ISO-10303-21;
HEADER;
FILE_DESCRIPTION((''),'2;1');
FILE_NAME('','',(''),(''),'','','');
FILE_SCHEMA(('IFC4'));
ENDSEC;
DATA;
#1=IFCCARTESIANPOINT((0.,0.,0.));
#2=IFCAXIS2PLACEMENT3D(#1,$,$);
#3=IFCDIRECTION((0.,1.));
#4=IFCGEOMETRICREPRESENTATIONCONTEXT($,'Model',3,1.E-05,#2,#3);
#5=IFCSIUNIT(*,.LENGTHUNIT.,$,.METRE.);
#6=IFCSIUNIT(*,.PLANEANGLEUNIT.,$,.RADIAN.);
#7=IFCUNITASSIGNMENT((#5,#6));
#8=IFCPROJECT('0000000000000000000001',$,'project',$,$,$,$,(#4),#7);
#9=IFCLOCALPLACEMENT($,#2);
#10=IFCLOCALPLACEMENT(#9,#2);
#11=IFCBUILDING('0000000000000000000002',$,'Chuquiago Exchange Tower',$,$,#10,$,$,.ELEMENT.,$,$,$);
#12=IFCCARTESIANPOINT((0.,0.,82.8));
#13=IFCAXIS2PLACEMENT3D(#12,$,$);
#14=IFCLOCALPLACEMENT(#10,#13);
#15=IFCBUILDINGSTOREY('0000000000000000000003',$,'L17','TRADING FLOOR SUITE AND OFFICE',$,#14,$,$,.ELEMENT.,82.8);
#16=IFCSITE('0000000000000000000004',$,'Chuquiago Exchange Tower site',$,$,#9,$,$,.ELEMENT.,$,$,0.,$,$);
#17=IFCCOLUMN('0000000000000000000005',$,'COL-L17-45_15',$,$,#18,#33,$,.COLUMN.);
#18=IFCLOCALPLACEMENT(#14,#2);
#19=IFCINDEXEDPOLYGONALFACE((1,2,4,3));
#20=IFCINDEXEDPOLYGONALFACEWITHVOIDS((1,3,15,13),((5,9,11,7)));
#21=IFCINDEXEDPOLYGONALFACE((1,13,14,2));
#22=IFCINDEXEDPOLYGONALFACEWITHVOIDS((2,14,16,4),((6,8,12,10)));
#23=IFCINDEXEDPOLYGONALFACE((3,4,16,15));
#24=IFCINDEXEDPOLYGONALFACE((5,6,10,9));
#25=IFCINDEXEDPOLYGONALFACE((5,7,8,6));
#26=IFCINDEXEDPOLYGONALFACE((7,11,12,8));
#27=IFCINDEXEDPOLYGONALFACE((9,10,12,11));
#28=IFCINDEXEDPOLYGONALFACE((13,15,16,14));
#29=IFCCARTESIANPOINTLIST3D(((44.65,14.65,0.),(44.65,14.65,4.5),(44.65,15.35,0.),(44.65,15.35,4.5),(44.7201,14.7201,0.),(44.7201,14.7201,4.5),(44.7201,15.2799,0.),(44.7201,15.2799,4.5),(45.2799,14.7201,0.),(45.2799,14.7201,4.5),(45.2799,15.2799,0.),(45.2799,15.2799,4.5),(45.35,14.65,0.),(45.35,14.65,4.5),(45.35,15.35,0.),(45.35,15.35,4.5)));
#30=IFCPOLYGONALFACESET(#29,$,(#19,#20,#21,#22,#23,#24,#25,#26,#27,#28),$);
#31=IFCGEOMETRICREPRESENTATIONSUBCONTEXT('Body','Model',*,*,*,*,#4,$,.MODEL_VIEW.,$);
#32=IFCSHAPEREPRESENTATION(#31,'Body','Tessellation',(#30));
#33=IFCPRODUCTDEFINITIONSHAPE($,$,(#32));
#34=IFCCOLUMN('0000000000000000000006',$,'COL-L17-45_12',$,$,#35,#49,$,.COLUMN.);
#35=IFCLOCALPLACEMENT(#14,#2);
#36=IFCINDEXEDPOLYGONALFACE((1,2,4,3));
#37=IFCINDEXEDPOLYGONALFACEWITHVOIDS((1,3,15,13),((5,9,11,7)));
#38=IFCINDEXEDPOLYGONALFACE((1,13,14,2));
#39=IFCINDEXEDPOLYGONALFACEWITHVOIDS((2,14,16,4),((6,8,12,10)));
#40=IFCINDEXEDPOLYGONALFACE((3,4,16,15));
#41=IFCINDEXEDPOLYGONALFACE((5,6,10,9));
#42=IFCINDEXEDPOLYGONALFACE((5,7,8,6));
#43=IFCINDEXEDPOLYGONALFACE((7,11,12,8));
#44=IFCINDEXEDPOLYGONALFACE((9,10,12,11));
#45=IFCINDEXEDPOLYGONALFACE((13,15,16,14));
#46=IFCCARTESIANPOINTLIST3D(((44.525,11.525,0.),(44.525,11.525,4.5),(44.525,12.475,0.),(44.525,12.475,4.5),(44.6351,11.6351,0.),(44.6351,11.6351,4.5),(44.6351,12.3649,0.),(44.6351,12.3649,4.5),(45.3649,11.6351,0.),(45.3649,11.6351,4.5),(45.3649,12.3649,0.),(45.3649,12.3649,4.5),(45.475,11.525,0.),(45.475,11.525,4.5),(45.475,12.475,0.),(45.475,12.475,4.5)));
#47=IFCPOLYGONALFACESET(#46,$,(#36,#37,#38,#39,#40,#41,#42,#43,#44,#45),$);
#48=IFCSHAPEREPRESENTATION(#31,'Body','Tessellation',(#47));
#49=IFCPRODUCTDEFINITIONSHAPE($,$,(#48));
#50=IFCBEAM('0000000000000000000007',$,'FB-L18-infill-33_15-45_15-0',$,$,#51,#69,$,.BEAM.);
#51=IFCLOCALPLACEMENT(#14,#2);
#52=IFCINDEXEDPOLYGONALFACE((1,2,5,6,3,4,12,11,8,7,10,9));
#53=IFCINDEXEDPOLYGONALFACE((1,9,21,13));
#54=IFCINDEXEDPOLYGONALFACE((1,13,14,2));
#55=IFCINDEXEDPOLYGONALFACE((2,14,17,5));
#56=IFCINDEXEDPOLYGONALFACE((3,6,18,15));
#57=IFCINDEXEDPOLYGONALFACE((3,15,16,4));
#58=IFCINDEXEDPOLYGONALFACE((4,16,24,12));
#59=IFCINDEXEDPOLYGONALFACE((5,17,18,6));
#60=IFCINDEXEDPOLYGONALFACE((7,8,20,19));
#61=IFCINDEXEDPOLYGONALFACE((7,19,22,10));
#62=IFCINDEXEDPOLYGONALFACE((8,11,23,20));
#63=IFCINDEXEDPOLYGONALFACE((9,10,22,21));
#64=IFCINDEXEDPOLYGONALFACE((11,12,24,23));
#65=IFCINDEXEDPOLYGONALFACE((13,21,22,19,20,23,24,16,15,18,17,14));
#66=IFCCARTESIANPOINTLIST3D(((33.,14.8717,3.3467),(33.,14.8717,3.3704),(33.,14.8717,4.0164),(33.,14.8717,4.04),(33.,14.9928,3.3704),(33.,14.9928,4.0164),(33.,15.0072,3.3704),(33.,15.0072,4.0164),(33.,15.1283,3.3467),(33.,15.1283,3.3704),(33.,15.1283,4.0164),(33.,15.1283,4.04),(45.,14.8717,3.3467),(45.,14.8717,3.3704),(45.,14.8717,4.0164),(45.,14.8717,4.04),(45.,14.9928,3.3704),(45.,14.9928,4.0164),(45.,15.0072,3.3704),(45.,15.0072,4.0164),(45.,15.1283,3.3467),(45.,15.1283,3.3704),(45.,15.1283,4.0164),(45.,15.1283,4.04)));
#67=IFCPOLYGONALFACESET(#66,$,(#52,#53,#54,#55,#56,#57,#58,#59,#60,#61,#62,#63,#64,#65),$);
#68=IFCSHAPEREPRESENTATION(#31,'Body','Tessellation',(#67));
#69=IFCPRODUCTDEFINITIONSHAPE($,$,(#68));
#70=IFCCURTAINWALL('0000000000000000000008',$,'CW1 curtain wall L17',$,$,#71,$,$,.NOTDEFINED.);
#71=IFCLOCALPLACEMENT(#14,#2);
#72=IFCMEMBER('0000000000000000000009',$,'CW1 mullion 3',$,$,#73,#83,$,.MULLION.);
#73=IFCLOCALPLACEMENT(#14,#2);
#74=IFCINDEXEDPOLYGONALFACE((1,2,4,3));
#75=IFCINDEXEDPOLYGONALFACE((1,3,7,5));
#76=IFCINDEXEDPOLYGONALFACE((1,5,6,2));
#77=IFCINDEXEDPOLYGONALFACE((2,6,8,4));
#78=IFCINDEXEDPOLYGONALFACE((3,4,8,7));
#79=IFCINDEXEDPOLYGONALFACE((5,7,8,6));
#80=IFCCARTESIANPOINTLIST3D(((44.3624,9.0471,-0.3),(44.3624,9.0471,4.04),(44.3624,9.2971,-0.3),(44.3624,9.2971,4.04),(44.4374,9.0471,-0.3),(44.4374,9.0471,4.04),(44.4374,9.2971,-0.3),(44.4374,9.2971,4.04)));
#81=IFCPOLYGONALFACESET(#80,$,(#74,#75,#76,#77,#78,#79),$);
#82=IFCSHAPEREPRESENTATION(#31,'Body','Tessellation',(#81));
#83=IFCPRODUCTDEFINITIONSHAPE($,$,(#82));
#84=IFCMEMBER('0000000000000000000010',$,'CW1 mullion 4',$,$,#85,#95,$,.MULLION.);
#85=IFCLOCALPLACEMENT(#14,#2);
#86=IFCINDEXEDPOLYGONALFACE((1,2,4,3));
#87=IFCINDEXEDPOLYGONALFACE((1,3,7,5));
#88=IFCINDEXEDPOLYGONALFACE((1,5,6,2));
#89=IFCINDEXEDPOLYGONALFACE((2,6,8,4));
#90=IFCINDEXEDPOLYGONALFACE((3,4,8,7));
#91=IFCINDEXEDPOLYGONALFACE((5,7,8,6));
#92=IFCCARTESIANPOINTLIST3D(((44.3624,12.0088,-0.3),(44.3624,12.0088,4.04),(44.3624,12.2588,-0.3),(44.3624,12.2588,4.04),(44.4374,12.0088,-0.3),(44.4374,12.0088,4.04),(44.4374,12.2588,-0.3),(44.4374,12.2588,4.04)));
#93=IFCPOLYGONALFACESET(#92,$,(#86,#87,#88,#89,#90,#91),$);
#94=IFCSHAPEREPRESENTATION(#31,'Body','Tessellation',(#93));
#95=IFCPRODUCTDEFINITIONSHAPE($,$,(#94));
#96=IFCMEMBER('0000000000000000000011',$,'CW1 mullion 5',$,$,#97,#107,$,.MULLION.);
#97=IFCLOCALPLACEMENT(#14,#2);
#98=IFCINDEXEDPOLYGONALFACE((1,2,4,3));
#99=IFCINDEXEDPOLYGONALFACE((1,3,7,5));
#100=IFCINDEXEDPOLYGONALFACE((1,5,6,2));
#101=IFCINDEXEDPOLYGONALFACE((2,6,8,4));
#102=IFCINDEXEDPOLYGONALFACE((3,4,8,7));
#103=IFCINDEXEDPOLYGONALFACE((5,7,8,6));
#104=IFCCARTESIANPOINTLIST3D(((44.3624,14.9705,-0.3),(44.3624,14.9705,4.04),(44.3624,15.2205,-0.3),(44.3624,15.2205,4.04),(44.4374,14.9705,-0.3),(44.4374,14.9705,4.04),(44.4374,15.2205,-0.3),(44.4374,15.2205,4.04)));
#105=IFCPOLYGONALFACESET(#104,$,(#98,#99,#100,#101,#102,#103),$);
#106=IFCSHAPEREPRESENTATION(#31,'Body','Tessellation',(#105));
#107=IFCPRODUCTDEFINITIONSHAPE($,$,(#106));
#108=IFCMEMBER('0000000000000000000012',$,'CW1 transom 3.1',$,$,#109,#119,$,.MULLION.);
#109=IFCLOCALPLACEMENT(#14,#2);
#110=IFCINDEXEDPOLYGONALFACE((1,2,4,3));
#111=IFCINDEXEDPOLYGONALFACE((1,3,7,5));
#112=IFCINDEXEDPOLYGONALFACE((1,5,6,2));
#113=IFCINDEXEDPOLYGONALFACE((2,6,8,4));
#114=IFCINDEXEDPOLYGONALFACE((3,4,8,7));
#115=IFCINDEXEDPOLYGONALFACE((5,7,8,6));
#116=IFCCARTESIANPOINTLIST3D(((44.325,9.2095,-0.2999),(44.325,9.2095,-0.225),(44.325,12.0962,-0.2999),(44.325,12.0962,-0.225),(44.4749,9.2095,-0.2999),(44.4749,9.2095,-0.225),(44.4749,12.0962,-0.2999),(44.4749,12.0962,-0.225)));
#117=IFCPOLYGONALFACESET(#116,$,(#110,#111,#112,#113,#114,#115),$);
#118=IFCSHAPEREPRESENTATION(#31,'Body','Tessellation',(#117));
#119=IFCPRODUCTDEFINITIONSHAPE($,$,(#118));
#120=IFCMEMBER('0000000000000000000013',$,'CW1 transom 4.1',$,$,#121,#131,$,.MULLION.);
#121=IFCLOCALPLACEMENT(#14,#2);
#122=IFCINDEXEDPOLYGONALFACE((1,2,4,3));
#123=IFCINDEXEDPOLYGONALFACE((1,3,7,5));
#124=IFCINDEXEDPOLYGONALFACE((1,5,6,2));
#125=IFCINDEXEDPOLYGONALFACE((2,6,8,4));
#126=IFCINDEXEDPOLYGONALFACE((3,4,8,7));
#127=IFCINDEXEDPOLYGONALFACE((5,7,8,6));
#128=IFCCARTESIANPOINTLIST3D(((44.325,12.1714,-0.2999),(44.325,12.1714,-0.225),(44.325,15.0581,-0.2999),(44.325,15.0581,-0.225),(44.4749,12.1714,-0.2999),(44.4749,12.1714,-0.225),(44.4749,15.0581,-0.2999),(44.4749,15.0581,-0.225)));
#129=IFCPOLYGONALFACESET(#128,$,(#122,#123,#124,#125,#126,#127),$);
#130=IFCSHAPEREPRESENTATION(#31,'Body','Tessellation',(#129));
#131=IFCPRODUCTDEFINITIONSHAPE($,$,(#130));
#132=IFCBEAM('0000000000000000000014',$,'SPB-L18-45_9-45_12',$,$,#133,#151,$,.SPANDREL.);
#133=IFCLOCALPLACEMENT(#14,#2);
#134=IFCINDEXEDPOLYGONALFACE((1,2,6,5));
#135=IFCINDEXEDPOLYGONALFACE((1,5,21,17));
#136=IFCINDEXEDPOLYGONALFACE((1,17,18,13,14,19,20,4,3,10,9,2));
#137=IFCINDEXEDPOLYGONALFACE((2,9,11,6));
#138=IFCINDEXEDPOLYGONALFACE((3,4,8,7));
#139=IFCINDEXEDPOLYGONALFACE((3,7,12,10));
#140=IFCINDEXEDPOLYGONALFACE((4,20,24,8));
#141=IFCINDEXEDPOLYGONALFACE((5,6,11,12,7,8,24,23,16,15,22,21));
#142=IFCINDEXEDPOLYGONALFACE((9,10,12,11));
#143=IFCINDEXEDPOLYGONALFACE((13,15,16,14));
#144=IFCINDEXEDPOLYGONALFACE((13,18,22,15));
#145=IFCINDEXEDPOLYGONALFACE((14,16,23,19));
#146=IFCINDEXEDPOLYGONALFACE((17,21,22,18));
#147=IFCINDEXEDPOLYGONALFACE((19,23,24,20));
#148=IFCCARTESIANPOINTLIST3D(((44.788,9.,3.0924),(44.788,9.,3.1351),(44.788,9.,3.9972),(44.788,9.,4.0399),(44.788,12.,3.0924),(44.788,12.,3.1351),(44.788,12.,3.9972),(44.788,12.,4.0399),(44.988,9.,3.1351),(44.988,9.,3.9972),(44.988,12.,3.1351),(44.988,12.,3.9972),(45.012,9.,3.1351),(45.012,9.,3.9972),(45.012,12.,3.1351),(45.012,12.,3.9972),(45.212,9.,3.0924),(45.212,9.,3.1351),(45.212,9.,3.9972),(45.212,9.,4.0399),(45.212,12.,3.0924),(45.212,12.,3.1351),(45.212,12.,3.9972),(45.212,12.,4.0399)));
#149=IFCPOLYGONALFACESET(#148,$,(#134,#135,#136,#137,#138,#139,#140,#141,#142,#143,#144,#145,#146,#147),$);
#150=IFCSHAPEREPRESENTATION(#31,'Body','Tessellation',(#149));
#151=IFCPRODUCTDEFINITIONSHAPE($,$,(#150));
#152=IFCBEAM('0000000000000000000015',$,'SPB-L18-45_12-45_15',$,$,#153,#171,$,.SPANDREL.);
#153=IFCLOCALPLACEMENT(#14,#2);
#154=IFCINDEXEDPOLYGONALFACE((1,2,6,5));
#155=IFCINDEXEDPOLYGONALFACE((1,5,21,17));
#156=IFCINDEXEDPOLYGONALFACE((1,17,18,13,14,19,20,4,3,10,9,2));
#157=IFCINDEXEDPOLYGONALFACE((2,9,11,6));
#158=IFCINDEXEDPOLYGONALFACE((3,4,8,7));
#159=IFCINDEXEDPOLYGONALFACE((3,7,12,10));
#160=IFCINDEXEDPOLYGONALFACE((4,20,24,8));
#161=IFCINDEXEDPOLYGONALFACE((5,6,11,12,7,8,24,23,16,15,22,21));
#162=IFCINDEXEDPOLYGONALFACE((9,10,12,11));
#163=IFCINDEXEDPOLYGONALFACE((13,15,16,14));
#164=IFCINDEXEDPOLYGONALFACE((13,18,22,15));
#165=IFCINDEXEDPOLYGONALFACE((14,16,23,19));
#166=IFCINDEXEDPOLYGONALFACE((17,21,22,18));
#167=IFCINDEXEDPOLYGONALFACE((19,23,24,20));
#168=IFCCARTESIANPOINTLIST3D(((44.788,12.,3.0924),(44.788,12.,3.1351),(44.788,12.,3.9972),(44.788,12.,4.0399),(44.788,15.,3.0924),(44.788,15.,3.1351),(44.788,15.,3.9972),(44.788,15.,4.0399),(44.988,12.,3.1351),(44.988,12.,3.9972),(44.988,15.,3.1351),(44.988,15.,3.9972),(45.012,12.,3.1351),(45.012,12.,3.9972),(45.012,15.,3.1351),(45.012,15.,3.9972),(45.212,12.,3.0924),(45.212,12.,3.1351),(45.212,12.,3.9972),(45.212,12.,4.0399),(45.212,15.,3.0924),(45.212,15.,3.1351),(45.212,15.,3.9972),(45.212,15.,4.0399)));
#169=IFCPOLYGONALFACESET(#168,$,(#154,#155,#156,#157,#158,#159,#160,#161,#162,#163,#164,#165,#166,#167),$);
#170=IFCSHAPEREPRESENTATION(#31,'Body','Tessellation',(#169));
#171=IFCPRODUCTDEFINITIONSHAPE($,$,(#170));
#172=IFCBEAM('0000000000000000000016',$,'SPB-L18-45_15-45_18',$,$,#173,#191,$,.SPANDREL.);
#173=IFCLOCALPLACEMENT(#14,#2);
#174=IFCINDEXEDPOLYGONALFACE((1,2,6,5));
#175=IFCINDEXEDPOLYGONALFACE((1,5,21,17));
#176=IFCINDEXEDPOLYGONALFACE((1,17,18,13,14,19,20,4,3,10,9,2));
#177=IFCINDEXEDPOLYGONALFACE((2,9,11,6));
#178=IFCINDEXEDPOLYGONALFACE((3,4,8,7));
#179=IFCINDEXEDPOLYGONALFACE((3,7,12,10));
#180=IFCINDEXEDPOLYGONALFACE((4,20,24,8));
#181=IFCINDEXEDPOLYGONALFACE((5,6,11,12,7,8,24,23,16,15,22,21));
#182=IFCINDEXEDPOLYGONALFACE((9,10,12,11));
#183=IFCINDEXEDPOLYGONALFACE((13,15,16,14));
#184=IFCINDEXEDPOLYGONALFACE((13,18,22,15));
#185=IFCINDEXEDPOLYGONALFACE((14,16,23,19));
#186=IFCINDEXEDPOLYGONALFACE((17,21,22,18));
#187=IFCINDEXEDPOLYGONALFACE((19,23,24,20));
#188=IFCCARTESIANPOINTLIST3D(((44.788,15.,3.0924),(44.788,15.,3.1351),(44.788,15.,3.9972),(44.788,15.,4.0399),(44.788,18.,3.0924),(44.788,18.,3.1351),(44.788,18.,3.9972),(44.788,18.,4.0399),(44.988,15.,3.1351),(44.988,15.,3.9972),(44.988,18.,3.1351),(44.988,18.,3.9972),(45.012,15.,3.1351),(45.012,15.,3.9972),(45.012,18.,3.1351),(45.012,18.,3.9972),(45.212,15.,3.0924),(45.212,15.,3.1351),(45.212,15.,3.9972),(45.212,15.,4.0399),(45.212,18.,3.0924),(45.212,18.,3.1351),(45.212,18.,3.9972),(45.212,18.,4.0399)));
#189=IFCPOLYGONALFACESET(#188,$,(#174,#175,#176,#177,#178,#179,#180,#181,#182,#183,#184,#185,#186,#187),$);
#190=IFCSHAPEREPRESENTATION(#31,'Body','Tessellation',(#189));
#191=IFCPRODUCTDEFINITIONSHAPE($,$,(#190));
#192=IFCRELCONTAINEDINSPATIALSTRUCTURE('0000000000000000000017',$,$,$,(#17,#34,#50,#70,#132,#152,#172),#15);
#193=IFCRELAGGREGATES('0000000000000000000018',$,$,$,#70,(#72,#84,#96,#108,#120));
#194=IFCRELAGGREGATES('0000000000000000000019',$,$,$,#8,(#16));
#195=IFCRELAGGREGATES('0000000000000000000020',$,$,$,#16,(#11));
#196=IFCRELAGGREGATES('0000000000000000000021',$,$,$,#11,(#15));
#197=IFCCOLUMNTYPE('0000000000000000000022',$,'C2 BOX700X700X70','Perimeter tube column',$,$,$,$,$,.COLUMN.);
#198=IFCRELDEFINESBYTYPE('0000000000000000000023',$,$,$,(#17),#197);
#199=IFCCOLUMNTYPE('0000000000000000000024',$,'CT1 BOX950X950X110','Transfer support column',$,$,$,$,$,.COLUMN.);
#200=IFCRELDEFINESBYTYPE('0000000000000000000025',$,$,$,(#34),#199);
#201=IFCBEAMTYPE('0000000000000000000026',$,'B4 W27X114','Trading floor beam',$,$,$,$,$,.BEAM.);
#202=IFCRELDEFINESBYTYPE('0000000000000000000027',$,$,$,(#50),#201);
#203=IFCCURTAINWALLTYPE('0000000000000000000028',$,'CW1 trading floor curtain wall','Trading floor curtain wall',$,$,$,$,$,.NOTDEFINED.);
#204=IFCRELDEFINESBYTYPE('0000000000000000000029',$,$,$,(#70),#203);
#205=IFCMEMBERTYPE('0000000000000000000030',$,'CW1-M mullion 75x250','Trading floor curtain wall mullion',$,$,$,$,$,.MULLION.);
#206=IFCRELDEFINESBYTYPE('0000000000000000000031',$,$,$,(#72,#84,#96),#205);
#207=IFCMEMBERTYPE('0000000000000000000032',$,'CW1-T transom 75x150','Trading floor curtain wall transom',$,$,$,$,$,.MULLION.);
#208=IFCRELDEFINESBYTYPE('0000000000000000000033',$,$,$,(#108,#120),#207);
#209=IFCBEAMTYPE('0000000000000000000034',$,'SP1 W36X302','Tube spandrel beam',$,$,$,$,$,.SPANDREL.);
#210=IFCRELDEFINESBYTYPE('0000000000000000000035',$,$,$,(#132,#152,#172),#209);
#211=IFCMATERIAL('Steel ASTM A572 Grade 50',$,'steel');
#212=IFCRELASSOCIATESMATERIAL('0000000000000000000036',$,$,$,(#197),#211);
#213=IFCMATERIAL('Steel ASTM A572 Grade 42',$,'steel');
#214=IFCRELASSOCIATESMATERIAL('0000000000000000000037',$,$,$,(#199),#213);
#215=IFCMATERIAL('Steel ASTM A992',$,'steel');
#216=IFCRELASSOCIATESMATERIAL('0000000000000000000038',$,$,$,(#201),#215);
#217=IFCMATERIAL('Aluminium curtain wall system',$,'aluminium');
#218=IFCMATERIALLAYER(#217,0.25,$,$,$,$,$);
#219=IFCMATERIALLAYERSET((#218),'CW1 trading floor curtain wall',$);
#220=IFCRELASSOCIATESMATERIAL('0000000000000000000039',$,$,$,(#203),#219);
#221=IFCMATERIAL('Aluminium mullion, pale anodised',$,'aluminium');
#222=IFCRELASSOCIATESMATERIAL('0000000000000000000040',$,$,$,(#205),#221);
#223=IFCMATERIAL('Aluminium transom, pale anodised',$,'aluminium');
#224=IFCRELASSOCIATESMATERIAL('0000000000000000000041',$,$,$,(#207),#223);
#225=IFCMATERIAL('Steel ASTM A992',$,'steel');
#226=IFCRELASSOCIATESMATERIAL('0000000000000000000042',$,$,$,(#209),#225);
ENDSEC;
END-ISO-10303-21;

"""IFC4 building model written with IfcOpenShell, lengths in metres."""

from ifc_helpers import new_model, si_unit, direction, frame, origin, origin_2d, place, context, subcontext, project, spatial, rectangle, hollow_rectangle, i_section, extrude, material, layer, layer_set, material_profile, profile_set, type_object, element, aggregate, save


model = new_model("IFC4")

# Units and contexts
model_context = context("Model", 3, precision=1e-05, world=origin(), true_north=direction((0.0, 1.0)))
body_context = subcontext(model_context, "Body", "Model", "MODEL_VIEW")
ifc_project = project(units=[si_unit("LENGTHUNIT", "METRE"), si_unit("PLANEANGLEUNIT", "RADIAN")], contexts=[model_context])

# Site, building, storey
site_placement = place(None, origin())
site = spatial("IfcSite", under=ifc_project, at=site_placement, Name="Chuquiago Exchange Tower site", CompositionType="ELEMENT", RefElevation=0.0)
building_placement = place(site_placement, origin())
building = spatial("IfcBuilding", under=site, at=building_placement, Name="Chuquiago Exchange Tower", CompositionType="ELEMENT")
storey_placement = place(building_placement, frame((0.0, 0.0, 82.8)))
storey = spatial("IfcBuildingStorey", under=building, at=storey_placement, Name="L17", Description="TRADING FLOOR SUITE AND OFFICE", CompositionType="ELEMENT", Elevation=82.8)

# Columns
ifc_material_1 = material(Name="Steel ASTM A572 Grade 50", Category="steel")
ifc_material_profile_1 = material_profile(ifc_material_1, hollow_rectangle(XDim=0.7, YDim=0.7, WallThickness=0.0701, at=origin_2d()), Name="BOX700X700X70")
ifc_profile_set_1 = profile_set([ifc_material_profile_1], Name="Steel ASTM A572 Grade 50")
column_type_1 = type_object("IfcColumnType", Name="C2 BOX700X700X70", Description="Perimeter tube column", PredefinedType="COLUMN", material=ifc_profile_set_1)
column_1_placement = place(storey_placement, frame((45.0, 15.0, 0.0), z_axis=(0.0, 0.0, 1.0), x_axis=(1.0, 0.0, 0.0)))
element("IfcColumn", 1, at=column_1_placement, inside=storey, type_object=column_type_1, Name="COL-L17-45_15", PredefinedType="COLUMN", context=body_context, shape_type="SweptSolid", body=[
    extrude(hollow_rectangle(XDim=0.7, YDim=0.7, WallThickness=0.0701, at=origin_2d()), origin(), (0.0, 0.0, 1.0), 4.5),
])
ifc_material_2 = material(Name="Steel ASTM A572 Grade 42", Category="steel")
ifc_material_profile_2 = material_profile(ifc_material_2, hollow_rectangle(XDim=0.95, YDim=0.95, WallThickness=0.1101, at=origin_2d()), Name="BOX950X950X110")
ifc_profile_set_2 = profile_set([ifc_material_profile_2], Name="Steel ASTM A572 Grade 42")
column_type_2 = type_object("IfcColumnType", Name="CT1 BOX950X950X110", Description="Transfer support column", PredefinedType="COLUMN", material=ifc_profile_set_2)
column_2_placement = place(storey_placement, frame((45.0, 12.0, 0.0), z_axis=(0.0, 0.0, 1.0), x_axis=(1.0, 0.0, 0.0)))
element("IfcColumn", 2, at=column_2_placement, inside=storey, type_object=column_type_2, Name="COL-L17-45_12", PredefinedType="COLUMN", context=body_context, shape_type="SweptSolid", body=[
    extrude(hollow_rectangle(XDim=0.95, YDim=0.95, WallThickness=0.1101, at=origin_2d()), origin(), (0.0, 0.0, 1.0), 4.5),
])

# Beam
ifc_material_3 = material(Name="Steel ASTM A992", Category="steel")
ifc_material_profile_3 = material_profile(ifc_material_3, i_section(OverallWidth=0.2566, OverallDepth=0.6934, WebThickness=0.0144, FlangeThickness=0.0237, at=origin_2d()), Name="W27X114")
ifc_profile_set_3 = profile_set([ifc_material_profile_3], Name="Steel ASTM A992")
beam_type_1 = type_object("IfcBeamType", Name="B4 W27X114", Description="Trading floor beam", PredefinedType="BEAM", material=ifc_profile_set_3)
beam_placement = place(storey_placement, frame((33.0, 15.0, 3.6934), z_axis=(1.0, 0.0, 0.0), x_axis=(0.0, 1.0, 0.0)))
element("IfcBeam", 3, at=beam_placement, inside=storey, type_object=beam_type_1, Name="FB-L18-infill-33_15-45_15-0", PredefinedType="BEAM", context=body_context, shape_type="SweptSolid", body=[
    extrude(i_section(OverallWidth=0.2566, OverallDepth=0.6934, WebThickness=0.0144, FlangeThickness=0.0237, at=origin_2d()), origin(), (0.0, 0.0, 1.0), 12.0),
])

# Curtain wall, members
ifc_material_4 = material(Name="Aluminium curtain wall system", Category="aluminium")
ifc_layer_1 = layer(ifc_material_4, 0.25)
ifc_layer_set_1 = layer_set([ifc_layer_1], Name="CW1 trading floor curtain wall")
curtain_wall_type = type_object("IfcCurtainWallType", Name="CW1 trading floor curtain wall", Description="Trading floor curtain wall", PredefinedType="NOTDEFINED", material=ifc_layer_set_1)
curtain_wall_placement = place(storey_placement, origin())
curtain_wall = element("IfcCurtainWall", 4, at=curtain_wall_placement, inside=storey, type_object=curtain_wall_type, Name="CW1 curtain wall L17", PredefinedType="NOTDEFINED")
ifc_material_5 = material(Name="Aluminium mullion, pale anodised", Category="aluminium")
ifc_material_profile_4 = material_profile(ifc_material_5, rectangle(XDim=0.075, YDim=0.25, at=origin_2d()), Name="AL 75x250")
ifc_profile_set_4 = profile_set([ifc_material_profile_4], Name="Aluminium mullion, pale anodised")
member_type_1 = type_object("IfcMemberType", Name="CW1-M mullion 75x250", Description="Trading floor curtain wall mullion", PredefinedType="MULLION", material=ifc_profile_set_4)
member_1_placement = place(storey_placement, frame((44.3999, 9.1721, -0.3), z_axis=(0.0, 0.0, 1.0), x_axis=(-1.0, 0.0, 0.0)))
member_1 = element("IfcMember", 5, at=member_1_placement, type_object=member_type_1, Name="CW1 mullion 3", PredefinedType="MULLION", context=body_context, shape_type="SweptSolid", body=[
    extrude(rectangle(XDim=0.075, YDim=0.25, at=origin_2d()), origin(), (0.0, 0.0, 1.0), 4.3401),
])
member_2_placement = place(storey_placement, frame((44.3999, 12.1338, -0.3), z_axis=(0.0, 0.0, 1.0), x_axis=(-1.0, 0.0, 0.0)))
member_2 = element("IfcMember", 6, at=member_2_placement, type_object=member_type_1, Name="CW1 mullion 4", PredefinedType="MULLION", context=body_context, shape_type="SweptSolid", body=[
    extrude(rectangle(XDim=0.075, YDim=0.25, at=origin_2d()), origin(), (0.0, 0.0, 1.0), 4.3401),
])
member_3_placement = place(storey_placement, frame((44.3999, 15.0955, -0.3), z_axis=(0.0, 0.0, 1.0), x_axis=(-1.0, 0.0, 0.0)))
member_3 = element("IfcMember", 7, at=member_3_placement, type_object=member_type_1, Name="CW1 mullion 5", PredefinedType="MULLION", context=body_context, shape_type="SweptSolid", body=[
    extrude(rectangle(XDim=0.075, YDim=0.25, at=origin_2d()), origin(), (0.0, 0.0, 1.0), 4.3401),
])
ifc_material_6 = material(Name="Aluminium transom, pale anodised", Category="aluminium")
ifc_material_profile_5 = material_profile(ifc_material_6, rectangle(XDim=0.1499, YDim=0.075, at=origin_2d()), Name="AL 150x75")
ifc_profile_set_5 = profile_set([ifc_material_profile_5], Name="Aluminium transom, pale anodised")
member_type_2 = type_object("IfcMemberType", Name="CW1-T transom 75x150", Description="Trading floor curtain wall transom", PredefinedType="MULLION", material=ifc_profile_set_5)
member_4_placement = place(storey_placement, frame((44.3999, 9.2095, -0.2625), z_axis=(0.0, 1.0, 0.0), x_axis=(-1.0, 0.0, 0.0)))
member_4 = element("IfcMember", 8, at=member_4_placement, type_object=member_type_2, Name="CW1 transom 3.1", PredefinedType="MULLION", context=body_context, shape_type="SweptSolid", body=[
    extrude(rectangle(XDim=0.1499, YDim=0.075, at=origin_2d()), origin(), (0.0, 0.0, 1.0), 2.8867),
])
member_5_placement = place(storey_placement, frame((44.3999, 12.1714, -0.2625), z_axis=(0.0, 1.0, 0.0), x_axis=(-1.0, 0.0, 0.0)))
member_5 = element("IfcMember", 9, at=member_5_placement, type_object=member_type_2, Name="CW1 transom 4.1", PredefinedType="MULLION", context=body_context, shape_type="SweptSolid", body=[
    extrude(rectangle(XDim=0.1499, YDim=0.075, at=origin_2d()), origin(), (0.0, 0.0, 1.0), 2.8867),
])

# Beams
ifc_material_7 = material(Name="Steel ASTM A992", Category="steel")
ifc_material_profile_6 = material_profile(ifc_material_7, i_section(OverallWidth=0.4241, OverallDepth=0.9475, WebThickness=0.0239, FlangeThickness=0.0427, at=origin_2d()), Name="W36X302")
ifc_profile_set_6 = profile_set([ifc_material_profile_6], Name="Steel ASTM A992")
beam_type_2 = type_object("IfcBeamType", Name="SP1 W36X302", Description="Tube spandrel beam", PredefinedType="SPANDREL", material=ifc_profile_set_6)
for number, where, z_axis, x_axis, name in (
    (10, (45.0, 9.0, 3.5662), (0.0, 1.0, 0.0), (-1.0, 0.0, 0.0), "SPB-L18-45_9-45_12"),
    (11, (45.0, 12.0, 3.5662), (0.0, 1.0, 0.0), (-1.0, 0.0, 0.0), "SPB-L18-45_12-45_15"),
    (12, (45.0, 15.0, 3.5662), (0.0, 1.0, 0.0), (-1.0, 0.0, 0.0), "SPB-L18-45_15-45_18"),
):
    element("IfcBeam", number, at=place(storey_placement, frame(where, z_axis=z_axis, x_axis=x_axis)), inside=storey, type_object=beam_type_2, Name=name, PredefinedType="SPANDREL", context=body_context, shape_type="SweptSolid", body=[
        extrude(i_section(OverallWidth=0.4241, OverallDepth=0.9475, WebThickness=0.0239, FlangeThickness=0.0427, at=origin_2d()), origin(), (0.0, 0.0, 1.0), 3.0),
    ])

aggregate(curtain_wall, [member_1, member_2, member_3, member_4, member_5])

save(model, "model.ifc")
